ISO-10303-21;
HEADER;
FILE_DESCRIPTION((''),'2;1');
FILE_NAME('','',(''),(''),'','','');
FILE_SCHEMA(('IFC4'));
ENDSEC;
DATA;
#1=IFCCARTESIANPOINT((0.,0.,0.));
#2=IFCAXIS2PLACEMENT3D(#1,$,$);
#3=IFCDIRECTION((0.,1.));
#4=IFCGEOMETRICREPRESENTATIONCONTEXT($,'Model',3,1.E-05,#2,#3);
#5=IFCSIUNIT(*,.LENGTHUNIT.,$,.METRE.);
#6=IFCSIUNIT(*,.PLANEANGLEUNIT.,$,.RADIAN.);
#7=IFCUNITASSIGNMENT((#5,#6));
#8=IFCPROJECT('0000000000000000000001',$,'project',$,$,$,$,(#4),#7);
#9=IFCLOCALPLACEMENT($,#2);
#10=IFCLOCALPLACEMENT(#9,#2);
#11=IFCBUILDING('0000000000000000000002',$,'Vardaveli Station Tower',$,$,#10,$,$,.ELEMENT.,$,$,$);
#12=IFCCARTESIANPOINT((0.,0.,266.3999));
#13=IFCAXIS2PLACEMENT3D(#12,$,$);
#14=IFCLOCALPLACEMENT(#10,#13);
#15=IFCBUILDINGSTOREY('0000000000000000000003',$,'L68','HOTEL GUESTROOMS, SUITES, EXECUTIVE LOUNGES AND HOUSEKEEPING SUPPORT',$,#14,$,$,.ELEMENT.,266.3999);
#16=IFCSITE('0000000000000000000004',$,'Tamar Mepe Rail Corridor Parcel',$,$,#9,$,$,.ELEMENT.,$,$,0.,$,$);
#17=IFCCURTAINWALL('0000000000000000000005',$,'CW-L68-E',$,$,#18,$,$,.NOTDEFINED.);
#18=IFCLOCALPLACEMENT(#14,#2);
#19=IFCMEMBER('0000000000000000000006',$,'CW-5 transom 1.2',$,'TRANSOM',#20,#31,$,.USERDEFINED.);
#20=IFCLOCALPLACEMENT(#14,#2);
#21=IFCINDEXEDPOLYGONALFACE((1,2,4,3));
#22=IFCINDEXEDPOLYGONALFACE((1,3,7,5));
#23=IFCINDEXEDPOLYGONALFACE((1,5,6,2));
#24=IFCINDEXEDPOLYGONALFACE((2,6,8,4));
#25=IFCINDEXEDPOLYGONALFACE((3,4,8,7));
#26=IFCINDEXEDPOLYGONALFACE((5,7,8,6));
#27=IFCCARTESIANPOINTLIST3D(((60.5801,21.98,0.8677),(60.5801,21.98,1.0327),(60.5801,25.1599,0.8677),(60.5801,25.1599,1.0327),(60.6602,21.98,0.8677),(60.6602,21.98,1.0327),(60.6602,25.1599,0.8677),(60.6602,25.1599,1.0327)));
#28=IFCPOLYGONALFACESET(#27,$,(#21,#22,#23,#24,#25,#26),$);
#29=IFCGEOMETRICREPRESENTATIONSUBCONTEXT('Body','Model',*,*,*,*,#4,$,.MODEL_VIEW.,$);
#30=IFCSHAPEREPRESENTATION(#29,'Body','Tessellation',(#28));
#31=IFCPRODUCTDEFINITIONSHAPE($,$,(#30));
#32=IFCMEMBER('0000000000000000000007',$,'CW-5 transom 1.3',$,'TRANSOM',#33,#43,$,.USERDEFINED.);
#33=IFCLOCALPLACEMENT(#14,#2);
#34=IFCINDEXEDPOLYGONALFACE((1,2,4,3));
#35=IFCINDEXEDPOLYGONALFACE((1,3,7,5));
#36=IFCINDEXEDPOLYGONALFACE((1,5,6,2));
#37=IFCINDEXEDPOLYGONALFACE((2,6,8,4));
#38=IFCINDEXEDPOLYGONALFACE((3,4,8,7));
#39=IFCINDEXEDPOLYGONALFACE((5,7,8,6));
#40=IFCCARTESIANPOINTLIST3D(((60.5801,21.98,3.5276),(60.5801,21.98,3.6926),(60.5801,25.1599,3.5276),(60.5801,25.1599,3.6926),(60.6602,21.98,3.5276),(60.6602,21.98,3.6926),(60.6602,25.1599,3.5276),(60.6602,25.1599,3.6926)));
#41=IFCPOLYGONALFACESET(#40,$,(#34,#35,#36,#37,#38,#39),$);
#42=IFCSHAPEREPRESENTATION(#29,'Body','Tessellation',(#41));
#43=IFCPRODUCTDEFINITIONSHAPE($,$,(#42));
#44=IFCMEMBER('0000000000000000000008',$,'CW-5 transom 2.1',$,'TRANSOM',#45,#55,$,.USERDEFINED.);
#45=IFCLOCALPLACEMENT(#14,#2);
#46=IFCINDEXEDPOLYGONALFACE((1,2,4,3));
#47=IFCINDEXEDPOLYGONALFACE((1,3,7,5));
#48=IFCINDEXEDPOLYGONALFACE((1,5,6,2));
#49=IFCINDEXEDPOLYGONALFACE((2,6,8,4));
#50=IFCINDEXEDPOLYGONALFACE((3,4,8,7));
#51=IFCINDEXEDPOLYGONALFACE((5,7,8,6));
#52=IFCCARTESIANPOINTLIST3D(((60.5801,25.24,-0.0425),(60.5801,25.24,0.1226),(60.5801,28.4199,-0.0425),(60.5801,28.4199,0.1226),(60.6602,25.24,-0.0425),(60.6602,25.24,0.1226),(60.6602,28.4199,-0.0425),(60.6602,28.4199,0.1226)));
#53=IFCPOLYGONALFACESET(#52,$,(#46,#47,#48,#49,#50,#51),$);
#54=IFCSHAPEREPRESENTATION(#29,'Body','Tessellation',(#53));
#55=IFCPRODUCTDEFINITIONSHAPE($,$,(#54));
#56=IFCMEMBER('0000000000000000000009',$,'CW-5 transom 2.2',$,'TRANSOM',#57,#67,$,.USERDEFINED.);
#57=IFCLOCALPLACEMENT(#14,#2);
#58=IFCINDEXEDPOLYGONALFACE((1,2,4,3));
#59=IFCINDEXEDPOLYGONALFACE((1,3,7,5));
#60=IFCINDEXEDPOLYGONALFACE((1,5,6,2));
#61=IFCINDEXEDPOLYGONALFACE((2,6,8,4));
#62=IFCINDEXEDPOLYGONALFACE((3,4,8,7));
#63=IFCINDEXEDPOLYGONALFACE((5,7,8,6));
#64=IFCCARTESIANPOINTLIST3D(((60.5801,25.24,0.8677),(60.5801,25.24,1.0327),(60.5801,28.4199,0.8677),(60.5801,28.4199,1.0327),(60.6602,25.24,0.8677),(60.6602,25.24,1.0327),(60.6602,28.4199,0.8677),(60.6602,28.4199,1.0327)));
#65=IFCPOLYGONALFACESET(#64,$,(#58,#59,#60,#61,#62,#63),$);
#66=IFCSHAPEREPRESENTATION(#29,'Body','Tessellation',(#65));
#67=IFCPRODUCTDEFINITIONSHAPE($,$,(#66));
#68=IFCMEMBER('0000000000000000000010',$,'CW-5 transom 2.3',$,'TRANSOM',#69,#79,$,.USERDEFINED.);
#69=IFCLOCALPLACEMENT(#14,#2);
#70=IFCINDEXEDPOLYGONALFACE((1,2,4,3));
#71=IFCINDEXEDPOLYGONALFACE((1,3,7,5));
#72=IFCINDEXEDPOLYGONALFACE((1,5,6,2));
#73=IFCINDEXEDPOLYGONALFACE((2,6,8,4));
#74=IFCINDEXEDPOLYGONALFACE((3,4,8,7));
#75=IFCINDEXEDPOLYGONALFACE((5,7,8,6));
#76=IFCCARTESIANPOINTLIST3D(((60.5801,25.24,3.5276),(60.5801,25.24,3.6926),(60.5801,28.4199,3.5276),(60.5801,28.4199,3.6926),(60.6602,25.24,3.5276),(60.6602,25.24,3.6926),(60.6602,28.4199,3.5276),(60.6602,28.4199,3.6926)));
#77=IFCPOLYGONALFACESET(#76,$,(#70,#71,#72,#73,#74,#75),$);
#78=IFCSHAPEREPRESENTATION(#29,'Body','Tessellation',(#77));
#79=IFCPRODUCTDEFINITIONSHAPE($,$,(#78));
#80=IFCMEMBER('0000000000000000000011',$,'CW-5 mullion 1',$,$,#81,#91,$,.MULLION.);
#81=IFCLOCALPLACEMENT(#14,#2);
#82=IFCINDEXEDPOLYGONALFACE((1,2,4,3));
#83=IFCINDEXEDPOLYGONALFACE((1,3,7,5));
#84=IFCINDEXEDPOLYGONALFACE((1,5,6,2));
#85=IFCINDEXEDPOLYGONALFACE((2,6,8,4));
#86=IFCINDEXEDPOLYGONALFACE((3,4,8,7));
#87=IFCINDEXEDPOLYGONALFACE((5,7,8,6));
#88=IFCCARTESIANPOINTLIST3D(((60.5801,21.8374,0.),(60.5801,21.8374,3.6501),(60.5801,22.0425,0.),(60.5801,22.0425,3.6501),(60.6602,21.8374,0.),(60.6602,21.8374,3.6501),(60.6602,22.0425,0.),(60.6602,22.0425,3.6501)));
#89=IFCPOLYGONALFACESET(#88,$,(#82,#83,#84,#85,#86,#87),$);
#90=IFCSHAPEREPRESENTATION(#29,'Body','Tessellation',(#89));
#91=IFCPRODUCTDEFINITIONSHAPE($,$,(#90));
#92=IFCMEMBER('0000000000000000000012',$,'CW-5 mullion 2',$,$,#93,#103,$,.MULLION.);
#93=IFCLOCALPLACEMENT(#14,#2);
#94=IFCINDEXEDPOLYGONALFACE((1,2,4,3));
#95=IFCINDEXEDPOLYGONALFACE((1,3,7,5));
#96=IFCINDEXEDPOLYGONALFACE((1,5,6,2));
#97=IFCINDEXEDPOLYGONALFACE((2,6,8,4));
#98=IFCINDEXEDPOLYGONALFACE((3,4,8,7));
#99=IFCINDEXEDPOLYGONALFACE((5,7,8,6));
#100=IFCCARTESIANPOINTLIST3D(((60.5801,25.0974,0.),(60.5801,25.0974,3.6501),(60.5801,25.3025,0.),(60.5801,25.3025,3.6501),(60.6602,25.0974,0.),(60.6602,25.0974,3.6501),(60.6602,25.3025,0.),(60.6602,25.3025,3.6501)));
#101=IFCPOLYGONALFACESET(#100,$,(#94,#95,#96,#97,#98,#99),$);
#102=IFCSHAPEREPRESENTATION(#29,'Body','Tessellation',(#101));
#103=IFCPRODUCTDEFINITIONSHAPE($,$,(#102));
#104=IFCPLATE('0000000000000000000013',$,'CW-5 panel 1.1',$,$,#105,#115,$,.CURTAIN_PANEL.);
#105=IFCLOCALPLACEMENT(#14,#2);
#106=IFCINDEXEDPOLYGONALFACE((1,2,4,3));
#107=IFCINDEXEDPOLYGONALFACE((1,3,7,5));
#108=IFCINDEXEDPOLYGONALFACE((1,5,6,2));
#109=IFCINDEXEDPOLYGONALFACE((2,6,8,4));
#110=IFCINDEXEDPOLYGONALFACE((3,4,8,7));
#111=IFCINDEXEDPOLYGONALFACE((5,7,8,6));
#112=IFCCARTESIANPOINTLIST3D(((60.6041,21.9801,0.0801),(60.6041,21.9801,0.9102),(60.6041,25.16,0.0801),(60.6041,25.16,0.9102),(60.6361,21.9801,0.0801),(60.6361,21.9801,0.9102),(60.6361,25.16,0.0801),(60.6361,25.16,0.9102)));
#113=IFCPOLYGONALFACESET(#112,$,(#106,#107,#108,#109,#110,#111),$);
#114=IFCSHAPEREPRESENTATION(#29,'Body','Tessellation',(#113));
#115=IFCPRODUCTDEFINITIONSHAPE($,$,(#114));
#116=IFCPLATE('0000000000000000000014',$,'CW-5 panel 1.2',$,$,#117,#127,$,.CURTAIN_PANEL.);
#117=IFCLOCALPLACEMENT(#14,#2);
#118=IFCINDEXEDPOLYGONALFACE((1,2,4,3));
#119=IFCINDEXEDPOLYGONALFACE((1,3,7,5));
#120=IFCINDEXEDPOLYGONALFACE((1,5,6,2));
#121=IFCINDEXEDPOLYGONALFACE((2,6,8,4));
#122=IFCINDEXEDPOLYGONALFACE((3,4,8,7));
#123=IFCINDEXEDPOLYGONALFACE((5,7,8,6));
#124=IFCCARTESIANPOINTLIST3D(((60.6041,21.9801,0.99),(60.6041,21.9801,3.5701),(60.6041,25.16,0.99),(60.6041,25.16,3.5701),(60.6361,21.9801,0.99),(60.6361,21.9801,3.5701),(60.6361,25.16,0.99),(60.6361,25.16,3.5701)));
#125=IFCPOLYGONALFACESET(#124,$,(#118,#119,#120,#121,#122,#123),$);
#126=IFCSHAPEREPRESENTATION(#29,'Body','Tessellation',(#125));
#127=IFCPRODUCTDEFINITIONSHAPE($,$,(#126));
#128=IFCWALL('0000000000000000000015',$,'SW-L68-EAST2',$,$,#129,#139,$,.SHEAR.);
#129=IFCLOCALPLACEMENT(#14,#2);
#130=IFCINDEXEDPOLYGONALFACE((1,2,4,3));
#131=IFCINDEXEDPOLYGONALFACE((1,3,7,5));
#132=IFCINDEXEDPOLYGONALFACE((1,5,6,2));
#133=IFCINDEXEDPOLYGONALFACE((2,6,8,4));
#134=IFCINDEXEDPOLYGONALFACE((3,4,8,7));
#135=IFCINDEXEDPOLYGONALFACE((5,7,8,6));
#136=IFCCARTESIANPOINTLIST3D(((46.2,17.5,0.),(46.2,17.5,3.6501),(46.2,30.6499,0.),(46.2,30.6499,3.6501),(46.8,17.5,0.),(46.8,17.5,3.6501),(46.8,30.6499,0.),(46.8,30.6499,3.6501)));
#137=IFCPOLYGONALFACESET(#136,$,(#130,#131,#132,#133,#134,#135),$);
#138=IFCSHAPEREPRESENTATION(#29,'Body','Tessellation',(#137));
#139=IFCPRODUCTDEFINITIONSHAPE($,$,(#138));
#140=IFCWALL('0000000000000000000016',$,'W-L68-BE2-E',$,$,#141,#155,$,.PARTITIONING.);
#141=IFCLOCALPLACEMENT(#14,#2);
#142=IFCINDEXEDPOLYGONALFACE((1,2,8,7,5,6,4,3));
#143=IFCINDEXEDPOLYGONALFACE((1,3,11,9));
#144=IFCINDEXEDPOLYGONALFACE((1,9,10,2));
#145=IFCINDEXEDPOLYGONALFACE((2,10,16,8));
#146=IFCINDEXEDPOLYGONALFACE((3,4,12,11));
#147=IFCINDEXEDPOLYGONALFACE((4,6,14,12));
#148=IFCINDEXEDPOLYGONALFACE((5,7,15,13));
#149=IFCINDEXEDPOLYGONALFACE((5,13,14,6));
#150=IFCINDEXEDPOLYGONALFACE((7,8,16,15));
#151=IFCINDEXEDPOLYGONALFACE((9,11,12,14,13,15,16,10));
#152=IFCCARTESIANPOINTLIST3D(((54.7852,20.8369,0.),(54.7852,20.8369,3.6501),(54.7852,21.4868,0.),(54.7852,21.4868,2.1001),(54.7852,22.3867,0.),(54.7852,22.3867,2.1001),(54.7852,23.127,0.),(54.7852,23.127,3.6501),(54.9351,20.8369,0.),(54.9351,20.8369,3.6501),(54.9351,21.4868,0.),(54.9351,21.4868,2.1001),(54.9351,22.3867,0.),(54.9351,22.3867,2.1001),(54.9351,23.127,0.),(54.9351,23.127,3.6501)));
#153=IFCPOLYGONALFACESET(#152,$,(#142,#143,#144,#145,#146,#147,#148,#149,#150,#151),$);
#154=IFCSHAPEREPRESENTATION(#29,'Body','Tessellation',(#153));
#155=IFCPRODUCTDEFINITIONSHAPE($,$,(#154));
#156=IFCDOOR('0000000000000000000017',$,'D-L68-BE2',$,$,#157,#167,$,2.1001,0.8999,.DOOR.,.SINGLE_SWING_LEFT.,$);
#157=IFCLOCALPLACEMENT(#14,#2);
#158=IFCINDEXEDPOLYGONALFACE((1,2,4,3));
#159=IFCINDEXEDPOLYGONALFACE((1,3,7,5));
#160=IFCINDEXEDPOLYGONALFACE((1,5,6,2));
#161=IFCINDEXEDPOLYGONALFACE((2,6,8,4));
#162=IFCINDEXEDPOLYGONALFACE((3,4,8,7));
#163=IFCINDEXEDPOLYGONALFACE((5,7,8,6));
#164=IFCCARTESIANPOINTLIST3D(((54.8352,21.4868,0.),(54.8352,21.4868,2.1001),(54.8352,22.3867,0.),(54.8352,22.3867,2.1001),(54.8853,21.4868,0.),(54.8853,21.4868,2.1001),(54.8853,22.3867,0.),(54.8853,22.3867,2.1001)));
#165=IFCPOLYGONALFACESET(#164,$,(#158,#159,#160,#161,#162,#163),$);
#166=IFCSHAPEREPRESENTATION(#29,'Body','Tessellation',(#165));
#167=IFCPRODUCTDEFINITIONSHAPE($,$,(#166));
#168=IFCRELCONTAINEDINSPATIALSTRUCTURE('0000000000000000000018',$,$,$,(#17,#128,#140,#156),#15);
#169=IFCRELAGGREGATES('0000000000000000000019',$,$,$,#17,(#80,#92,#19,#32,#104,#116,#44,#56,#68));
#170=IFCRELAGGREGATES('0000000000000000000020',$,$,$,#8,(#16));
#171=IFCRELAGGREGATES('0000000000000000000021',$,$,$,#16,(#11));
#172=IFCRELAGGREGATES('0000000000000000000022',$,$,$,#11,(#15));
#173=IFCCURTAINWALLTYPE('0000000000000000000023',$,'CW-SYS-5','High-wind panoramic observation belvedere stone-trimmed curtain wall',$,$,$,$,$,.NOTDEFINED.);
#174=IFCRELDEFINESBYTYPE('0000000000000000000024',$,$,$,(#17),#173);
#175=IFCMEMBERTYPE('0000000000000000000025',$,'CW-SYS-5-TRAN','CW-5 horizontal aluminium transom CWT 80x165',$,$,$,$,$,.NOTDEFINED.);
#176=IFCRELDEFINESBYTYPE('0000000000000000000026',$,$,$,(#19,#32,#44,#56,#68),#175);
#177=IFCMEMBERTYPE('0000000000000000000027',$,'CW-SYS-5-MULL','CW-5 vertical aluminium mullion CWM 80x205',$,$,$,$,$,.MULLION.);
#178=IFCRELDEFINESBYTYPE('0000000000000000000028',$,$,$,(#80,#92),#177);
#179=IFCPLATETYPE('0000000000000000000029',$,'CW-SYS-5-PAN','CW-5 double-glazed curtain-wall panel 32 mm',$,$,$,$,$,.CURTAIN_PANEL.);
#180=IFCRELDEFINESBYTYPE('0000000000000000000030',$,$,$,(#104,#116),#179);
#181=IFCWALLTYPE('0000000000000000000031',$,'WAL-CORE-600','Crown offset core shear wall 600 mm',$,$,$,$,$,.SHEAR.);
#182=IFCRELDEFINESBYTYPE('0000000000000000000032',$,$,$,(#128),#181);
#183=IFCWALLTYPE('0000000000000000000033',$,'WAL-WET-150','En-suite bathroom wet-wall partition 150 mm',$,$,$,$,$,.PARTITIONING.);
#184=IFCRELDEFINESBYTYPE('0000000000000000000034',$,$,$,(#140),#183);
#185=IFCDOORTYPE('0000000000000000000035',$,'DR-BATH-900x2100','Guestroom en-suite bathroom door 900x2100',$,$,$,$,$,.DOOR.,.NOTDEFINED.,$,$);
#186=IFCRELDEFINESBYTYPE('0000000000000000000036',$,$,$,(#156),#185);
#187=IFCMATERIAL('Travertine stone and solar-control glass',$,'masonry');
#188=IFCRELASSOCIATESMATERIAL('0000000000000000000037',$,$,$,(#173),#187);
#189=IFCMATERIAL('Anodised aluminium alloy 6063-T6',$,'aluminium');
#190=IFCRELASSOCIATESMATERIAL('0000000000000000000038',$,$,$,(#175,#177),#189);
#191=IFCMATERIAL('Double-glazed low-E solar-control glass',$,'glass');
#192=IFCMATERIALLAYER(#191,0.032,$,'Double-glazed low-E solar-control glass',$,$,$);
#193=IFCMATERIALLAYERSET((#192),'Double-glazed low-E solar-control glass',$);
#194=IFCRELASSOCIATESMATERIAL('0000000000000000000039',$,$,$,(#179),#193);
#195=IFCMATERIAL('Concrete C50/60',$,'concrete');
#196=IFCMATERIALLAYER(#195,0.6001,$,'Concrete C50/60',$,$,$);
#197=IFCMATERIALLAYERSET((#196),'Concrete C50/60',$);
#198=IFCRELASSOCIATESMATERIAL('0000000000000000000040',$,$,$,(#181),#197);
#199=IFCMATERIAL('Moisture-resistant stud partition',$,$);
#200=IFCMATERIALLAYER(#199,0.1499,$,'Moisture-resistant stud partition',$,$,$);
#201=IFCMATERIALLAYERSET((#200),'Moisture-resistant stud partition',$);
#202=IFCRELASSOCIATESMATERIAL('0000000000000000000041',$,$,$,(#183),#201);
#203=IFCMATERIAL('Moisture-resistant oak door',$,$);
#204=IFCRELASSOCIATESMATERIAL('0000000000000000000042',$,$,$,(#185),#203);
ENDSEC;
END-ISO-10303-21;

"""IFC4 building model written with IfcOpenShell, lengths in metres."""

from ifc_helpers import new_model, si_unit, direction, frame, frame_2d, origin, origin_2d, place, context, subcontext, project, spatial, rectangle, extrude, source, transform, mapped, material, layer, layer_set, material_profile, profile_set, type_object, element, fill, aggregate, save


model = new_model("IFC4")

# Units and contexts
model_context = context("Model", 3, precision=1e-05, world=origin(), true_north=direction((0.0, 1.0)))
body_context = subcontext(model_context, "Body", "Model", "MODEL_VIEW")
ifc_project = project(units=[si_unit("LENGTHUNIT", "METRE"), si_unit("PLANEANGLEUNIT", "RADIAN")], contexts=[model_context])

# Site, building, storey
site_placement = place(None, origin())
site = spatial("IfcSite", under=ifc_project, at=site_placement, Name="Tamar Mepe Rail Corridor Parcel", CompositionType="ELEMENT", RefElevation=0.0)
building_placement = place(site_placement, origin())
building = spatial("IfcBuilding", under=site, at=building_placement, Name="Vardaveli Station Tower", CompositionType="ELEMENT")
storey_placement = place(building_placement, frame((0.0, 0.0, 266.3999)))
storey = spatial("IfcBuildingStorey", under=building, at=storey_placement, Name="L68", Description="HOTEL GUESTROOMS, SUITES, EXECUTIVE LOUNGES AND HOUSEKEEPING SUPPORT", CompositionType="ELEMENT", Elevation=266.3999)

# Curtain wall, members, plates
ifc_material_1 = material(Name="Travertine stone and solar-control glass", Category="masonry")
curtain_wall_type = type_object("IfcCurtainWallType", Name="CW-SYS-5", Description="High-wind panoramic observation belvedere stone-trimmed curtain wall", PredefinedType="NOTDEFINED", material=ifc_material_1)
curtain_wall_placement = place(storey_placement, origin())
curtain_wall = element("IfcCurtainWall", 1, at=curtain_wall_placement, inside=storey, type_object=curtain_wall_type, Name="CW-L68-E", PredefinedType="NOTDEFINED")
ifc_material_2 = material(Name="Anodised aluminium alloy 6063-T6", Category="aluminium")
ifc_material_profile_1 = material_profile(ifc_material_2, rectangle(XDim=0.0801, YDim=0.165, at=origin_2d()), Name="CWT 80x165")
ifc_profile_set_1 = profile_set([ifc_material_profile_1], Name="Anodised aluminium alloy 6063-T6")
member_type_1 = type_object("IfcMemberType", Name="CW-SYS-5-TRAN", Description="CW-5 horizontal aluminium transom CWT 80x165", PredefinedType="NOTDEFINED", material=ifc_profile_set_1)
shared_shape_1 = source(origin(), body_context, "Body", "SweptSolid", [
    extrude(rectangle(XDim=0.0801, YDim=0.165, at=origin_2d()), origin(), (0.0, 0.0, 1.0), 3.1799),
])
member_1_placement = place(storey_placement, frame((60.6201, 21.98, 0.9502), z_axis=(0.0, 1.0, 0.0), x_axis=(-1.0, 0.0, 0.0)))
member_1 = element("IfcMember", 2, at=member_1_placement, type_object=member_type_1, Name="CW-5 transom 1.2", ObjectType="TRANSOM", PredefinedType="USERDEFINED", context=body_context, shape_type="MappedRepresentation", body=[
    mapped(shared_shape_1, transform((0.0, 0.0, 0.0), scale=1.0)),
])
member_2_placement = place(storey_placement, frame((60.6201, 21.98, 3.6101), z_axis=(0.0, 1.0, 0.0), x_axis=(-1.0, 0.0, 0.0)))
member_2 = element("IfcMember", 3, at=member_2_placement, type_object=member_type_1, Name="CW-5 transom 1.3", ObjectType="TRANSOM", PredefinedType="USERDEFINED", context=body_context, shape_type="MappedRepresentation", body=[
    mapped(shared_shape_1, transform((0.0, 0.0, 0.0), scale=1.0)),
])
member_3_placement = place(storey_placement, frame((60.6201, 25.24, 0.04), z_axis=(0.0, 1.0, 0.0), x_axis=(-1.0, 0.0, 0.0)))
member_3 = element("IfcMember", 4, at=member_3_placement, type_object=member_type_1, Name="CW-5 transom 2.1", ObjectType="TRANSOM", PredefinedType="USERDEFINED", context=body_context, shape_type="MappedRepresentation", body=[
    mapped(shared_shape_1, transform((0.0, 0.0, 0.0), scale=1.0)),
])
member_4_placement = place(storey_placement, frame((60.6201, 25.24, 0.9502), z_axis=(0.0, 1.0, 0.0), x_axis=(-1.0, 0.0, 0.0)))
member_4 = element("IfcMember", 5, at=member_4_placement, type_object=member_type_1, Name="CW-5 transom 2.2", ObjectType="TRANSOM", PredefinedType="USERDEFINED", context=body_context, shape_type="MappedRepresentation", body=[
    mapped(shared_shape_1, transform((0.0, 0.0, 0.0), scale=1.0)),
])
member_5_placement = place(storey_placement, frame((60.6201, 25.24, 3.6101), z_axis=(0.0, 1.0, 0.0), x_axis=(-1.0, 0.0, 0.0)))
member_5 = element("IfcMember", 6, at=member_5_placement, type_object=member_type_1, Name="CW-5 transom 2.3", ObjectType="TRANSOM", PredefinedType="USERDEFINED", context=body_context, shape_type="MappedRepresentation", body=[
    mapped(shared_shape_1, transform((0.0, 0.0, 0.0), scale=1.0)),
])
ifc_material_profile_2 = material_profile(ifc_material_2, rectangle(XDim=0.0801, YDim=0.2051, at=origin_2d()), Name="CWM 80x205")
ifc_profile_set_2 = profile_set([ifc_material_profile_2], Name="Anodised aluminium alloy 6063-T6")
member_type_2 = type_object("IfcMemberType", Name="CW-SYS-5-MULL", Description="CW-5 vertical aluminium mullion CWM 80x205", PredefinedType="MULLION", material=ifc_profile_set_2)
shared_shape_2 = source(origin(), body_context, "Body", "SweptSolid", [
    extrude(rectangle(XDim=0.0801, YDim=0.2051, at=origin_2d()), origin(), (0.0, 0.0, 1.0), 3.6501),
])
member_6_placement = place(storey_placement, frame((60.6201, 21.9399, 0.0), z_axis=(0.0, 0.0, 1.0), x_axis=(-1.0, 0.0, 0.0)))
member_6 = element("IfcMember", 7, at=member_6_placement, type_object=member_type_2, Name="CW-5 mullion 1", PredefinedType="MULLION", context=body_context, shape_type="MappedRepresentation", body=[
    mapped(shared_shape_2, transform((0.0, 0.0, 0.0), scale=1.0)),
])
member_7_placement = place(storey_placement, frame((60.6201, 25.2, 0.0), z_axis=(0.0, 0.0, 1.0), x_axis=(-1.0, 0.0, 0.0)))
member_7 = element("IfcMember", 8, at=member_7_placement, type_object=member_type_2, Name="CW-5 mullion 2", PredefinedType="MULLION", context=body_context, shape_type="MappedRepresentation", body=[
    mapped(shared_shape_2, transform((0.0, 0.0, 0.0), scale=1.0)),
])
ifc_material_3 = material(Name="Double-glazed low-E solar-control glass", Category="glass")
ifc_layer_1 = layer(ifc_material_3, 0.032, Name="Double-glazed low-E solar-control glass")
ifc_layer_set_1 = layer_set([ifc_layer_1], Name="Double-glazed low-E solar-control glass")
plate_type = type_object("IfcPlateType", Name="CW-SYS-5-PAN", Description="CW-5 double-glazed curtain-wall panel 32 mm", PredefinedType="CURTAIN_PANEL", material=ifc_layer_set_1)
shared_shape_3 = source(origin(), body_context, "Body", "SweptSolid", [
    extrude(rectangle(XDim=3.1799, YDim=0.032, at=origin_2d()), origin(), (0.0, 0.0, 1.0), 0.8301),
])
plate_1_placement = place(storey_placement, frame((60.6201, 23.5701, 0.0801), z_axis=(0.0, 0.0, 1.0), x_axis=(0.0, 1.0, 0.0)))
plate_1 = element("IfcPlate", 9, at=plate_1_placement, type_object=plate_type, Name="CW-5 panel 1.1", PredefinedType="CURTAIN_PANEL", context=body_context, shape_type="MappedRepresentation", body=[
    mapped(shared_shape_3, transform((0.0, 0.0, 0.0), scale=1.0)),
])
shared_shape_4 = source(origin(), body_context, "Body", "SweptSolid", [
    extrude(rectangle(XDim=3.1799, YDim=0.032, at=origin_2d()), origin(), (0.0, 0.0, 1.0), 2.5801),
])
plate_2_placement = place(storey_placement, frame((60.6201, 23.5701, 0.99), z_axis=(0.0, 0.0, 1.0), x_axis=(0.0, 1.0, 0.0)))
plate_2 = element("IfcPlate", 10, at=plate_2_placement, type_object=plate_type, Name="CW-5 panel 1.2", PredefinedType="CURTAIN_PANEL", context=body_context, shape_type="MappedRepresentation", body=[
    mapped(shared_shape_4, transform((0.0, 0.0, 0.0), scale=1.0)),
])
aggregate(curtain_wall, [member_6, member_7, member_1, member_2, plate_1, plate_2, member_3, member_4, member_5])

# Wall
ifc_material_4 = material(Name="Concrete C50/60", Category="concrete")
ifc_layer_2 = layer(ifc_material_4, 0.6001, Name="Concrete C50/60")
ifc_layer_set_2 = layer_set([ifc_layer_2], Name="Concrete C50/60")
wall_type_1 = type_object("IfcWallType", Name="WAL-CORE-600", Description="Crown offset core shear wall 600 mm", PredefinedType="SHEAR", material=ifc_layer_set_2)
shared_shape_5 = source(origin(), body_context, "Body", "SweptSolid", [
    extrude(rectangle(XDim=13.1499, YDim=0.6001, at=frame_2d((6.575, 0.0))), origin(), (0.0, 0.0, 1.0), 3.6501),
])
wall_1_placement = place(storey_placement, frame((46.5, 17.5, 0.0), z_axis=(0.0, 0.0, 1.0), x_axis=(0.0, 1.0, 0.0)))
element("IfcWall", 11, at=wall_1_placement, inside=storey, type_object=wall_type_1, Name="SW-L68-EAST2", PredefinedType="SHEAR", context=body_context, shape_type="MappedRepresentation", body=[
    mapped(shared_shape_5, transform((0.0, 0.0, 0.0), scale=1.0)),
])

# Wall, opening, door
ifc_material_5 = material(Name="Moisture-resistant stud partition")
ifc_layer_3 = layer(ifc_material_5, 0.1499, Name="Moisture-resistant stud partition")
ifc_layer_set_3 = layer_set([ifc_layer_3], Name="Moisture-resistant stud partition")
wall_type_2 = type_object("IfcWallType", Name="WAL-WET-150", Description="En-suite bathroom wet-wall partition 150 mm", PredefinedType="PARTITIONING", material=ifc_layer_set_3)
shared_shape_6 = source(origin(), body_context, "Body", "SweptSolid", [
    extrude(rectangle(XDim=2.29, YDim=0.1499, at=frame_2d((1.145, 0.0))), origin(), (0.0, 0.0, 1.0), 3.6501),
])
wall_2_placement = place(storey_placement, frame((54.8601, 20.8369, 0.0), z_axis=(0.0, 0.0, 1.0), x_axis=(0.0, 1.0, 0.0)))
wall_2 = element("IfcWall", 12, at=wall_2_placement, inside=storey, type_object=wall_type_2, Name="W-L68-BE2-E", PredefinedType="PARTITIONING", context=body_context, shape_type="MappedRepresentation", body=[
    mapped(shared_shape_6, transform((0.0, 0.0, 0.0), scale=1.0)),
])
shared_shape_7 = source(origin(), body_context, "Body", "SweptSolid", [
    extrude(rectangle(XDim=0.8999, YDim=2.1001, at=frame_2d((0.45, 1.05))), frame((0.0, 0.085, 0.0), z_axis=(0.0, -1.0, 0.0), x_axis=(1.0, 0.0, 0.0)), (0.0, 0.0, 1.0), 0.1699),
])
opening_placement = place(wall_2_placement, frame((0.6499, 0.0, 0.0)))
opening = element("IfcOpeningElement", 13, at=opening_placement, cuts=wall_2, PredefinedType="OPENING", context=body_context, shape_type="MappedRepresentation", body=[
    mapped(shared_shape_7, transform((0.0, 0.0, 0.0), scale=1.0)),
])
ifc_material_6 = material(Name="Moisture-resistant oak door")
door_type = type_object("IfcDoorType", Name="DR-BATH-900x2100", Description="Guestroom en-suite bathroom door 900x2100", OperationType="NOTDEFINED", PredefinedType="DOOR", material=ifc_material_6)
shared_shape_8 = source(origin(), body_context, "Body", "SweptSolid", [
    extrude(rectangle(XDim=0.8999, YDim=2.1001, at=frame_2d((0.45, 1.05))), frame((0.0, 0.0249, 0.0), z_axis=(0.0, -1.0, 0.0), x_axis=(1.0, 0.0, 0.0)), (0.0, 0.0, 1.0), 0.05),
])
door_placement = place(opening_placement, origin())
door = element("IfcDoor", 14, at=door_placement, inside=storey, type_object=door_type, Name="D-L68-BE2", OperationType="SINGLE_SWING_LEFT", OverallHeight=2.1001, OverallWidth=0.8999, PredefinedType="DOOR", context=body_context, shape_type="MappedRepresentation", body=[
    mapped(shared_shape_8, transform((0.0, 0.0, 0.0), scale=1.0)),
])
fill(opening, door)

save(model, "model.ifc")
